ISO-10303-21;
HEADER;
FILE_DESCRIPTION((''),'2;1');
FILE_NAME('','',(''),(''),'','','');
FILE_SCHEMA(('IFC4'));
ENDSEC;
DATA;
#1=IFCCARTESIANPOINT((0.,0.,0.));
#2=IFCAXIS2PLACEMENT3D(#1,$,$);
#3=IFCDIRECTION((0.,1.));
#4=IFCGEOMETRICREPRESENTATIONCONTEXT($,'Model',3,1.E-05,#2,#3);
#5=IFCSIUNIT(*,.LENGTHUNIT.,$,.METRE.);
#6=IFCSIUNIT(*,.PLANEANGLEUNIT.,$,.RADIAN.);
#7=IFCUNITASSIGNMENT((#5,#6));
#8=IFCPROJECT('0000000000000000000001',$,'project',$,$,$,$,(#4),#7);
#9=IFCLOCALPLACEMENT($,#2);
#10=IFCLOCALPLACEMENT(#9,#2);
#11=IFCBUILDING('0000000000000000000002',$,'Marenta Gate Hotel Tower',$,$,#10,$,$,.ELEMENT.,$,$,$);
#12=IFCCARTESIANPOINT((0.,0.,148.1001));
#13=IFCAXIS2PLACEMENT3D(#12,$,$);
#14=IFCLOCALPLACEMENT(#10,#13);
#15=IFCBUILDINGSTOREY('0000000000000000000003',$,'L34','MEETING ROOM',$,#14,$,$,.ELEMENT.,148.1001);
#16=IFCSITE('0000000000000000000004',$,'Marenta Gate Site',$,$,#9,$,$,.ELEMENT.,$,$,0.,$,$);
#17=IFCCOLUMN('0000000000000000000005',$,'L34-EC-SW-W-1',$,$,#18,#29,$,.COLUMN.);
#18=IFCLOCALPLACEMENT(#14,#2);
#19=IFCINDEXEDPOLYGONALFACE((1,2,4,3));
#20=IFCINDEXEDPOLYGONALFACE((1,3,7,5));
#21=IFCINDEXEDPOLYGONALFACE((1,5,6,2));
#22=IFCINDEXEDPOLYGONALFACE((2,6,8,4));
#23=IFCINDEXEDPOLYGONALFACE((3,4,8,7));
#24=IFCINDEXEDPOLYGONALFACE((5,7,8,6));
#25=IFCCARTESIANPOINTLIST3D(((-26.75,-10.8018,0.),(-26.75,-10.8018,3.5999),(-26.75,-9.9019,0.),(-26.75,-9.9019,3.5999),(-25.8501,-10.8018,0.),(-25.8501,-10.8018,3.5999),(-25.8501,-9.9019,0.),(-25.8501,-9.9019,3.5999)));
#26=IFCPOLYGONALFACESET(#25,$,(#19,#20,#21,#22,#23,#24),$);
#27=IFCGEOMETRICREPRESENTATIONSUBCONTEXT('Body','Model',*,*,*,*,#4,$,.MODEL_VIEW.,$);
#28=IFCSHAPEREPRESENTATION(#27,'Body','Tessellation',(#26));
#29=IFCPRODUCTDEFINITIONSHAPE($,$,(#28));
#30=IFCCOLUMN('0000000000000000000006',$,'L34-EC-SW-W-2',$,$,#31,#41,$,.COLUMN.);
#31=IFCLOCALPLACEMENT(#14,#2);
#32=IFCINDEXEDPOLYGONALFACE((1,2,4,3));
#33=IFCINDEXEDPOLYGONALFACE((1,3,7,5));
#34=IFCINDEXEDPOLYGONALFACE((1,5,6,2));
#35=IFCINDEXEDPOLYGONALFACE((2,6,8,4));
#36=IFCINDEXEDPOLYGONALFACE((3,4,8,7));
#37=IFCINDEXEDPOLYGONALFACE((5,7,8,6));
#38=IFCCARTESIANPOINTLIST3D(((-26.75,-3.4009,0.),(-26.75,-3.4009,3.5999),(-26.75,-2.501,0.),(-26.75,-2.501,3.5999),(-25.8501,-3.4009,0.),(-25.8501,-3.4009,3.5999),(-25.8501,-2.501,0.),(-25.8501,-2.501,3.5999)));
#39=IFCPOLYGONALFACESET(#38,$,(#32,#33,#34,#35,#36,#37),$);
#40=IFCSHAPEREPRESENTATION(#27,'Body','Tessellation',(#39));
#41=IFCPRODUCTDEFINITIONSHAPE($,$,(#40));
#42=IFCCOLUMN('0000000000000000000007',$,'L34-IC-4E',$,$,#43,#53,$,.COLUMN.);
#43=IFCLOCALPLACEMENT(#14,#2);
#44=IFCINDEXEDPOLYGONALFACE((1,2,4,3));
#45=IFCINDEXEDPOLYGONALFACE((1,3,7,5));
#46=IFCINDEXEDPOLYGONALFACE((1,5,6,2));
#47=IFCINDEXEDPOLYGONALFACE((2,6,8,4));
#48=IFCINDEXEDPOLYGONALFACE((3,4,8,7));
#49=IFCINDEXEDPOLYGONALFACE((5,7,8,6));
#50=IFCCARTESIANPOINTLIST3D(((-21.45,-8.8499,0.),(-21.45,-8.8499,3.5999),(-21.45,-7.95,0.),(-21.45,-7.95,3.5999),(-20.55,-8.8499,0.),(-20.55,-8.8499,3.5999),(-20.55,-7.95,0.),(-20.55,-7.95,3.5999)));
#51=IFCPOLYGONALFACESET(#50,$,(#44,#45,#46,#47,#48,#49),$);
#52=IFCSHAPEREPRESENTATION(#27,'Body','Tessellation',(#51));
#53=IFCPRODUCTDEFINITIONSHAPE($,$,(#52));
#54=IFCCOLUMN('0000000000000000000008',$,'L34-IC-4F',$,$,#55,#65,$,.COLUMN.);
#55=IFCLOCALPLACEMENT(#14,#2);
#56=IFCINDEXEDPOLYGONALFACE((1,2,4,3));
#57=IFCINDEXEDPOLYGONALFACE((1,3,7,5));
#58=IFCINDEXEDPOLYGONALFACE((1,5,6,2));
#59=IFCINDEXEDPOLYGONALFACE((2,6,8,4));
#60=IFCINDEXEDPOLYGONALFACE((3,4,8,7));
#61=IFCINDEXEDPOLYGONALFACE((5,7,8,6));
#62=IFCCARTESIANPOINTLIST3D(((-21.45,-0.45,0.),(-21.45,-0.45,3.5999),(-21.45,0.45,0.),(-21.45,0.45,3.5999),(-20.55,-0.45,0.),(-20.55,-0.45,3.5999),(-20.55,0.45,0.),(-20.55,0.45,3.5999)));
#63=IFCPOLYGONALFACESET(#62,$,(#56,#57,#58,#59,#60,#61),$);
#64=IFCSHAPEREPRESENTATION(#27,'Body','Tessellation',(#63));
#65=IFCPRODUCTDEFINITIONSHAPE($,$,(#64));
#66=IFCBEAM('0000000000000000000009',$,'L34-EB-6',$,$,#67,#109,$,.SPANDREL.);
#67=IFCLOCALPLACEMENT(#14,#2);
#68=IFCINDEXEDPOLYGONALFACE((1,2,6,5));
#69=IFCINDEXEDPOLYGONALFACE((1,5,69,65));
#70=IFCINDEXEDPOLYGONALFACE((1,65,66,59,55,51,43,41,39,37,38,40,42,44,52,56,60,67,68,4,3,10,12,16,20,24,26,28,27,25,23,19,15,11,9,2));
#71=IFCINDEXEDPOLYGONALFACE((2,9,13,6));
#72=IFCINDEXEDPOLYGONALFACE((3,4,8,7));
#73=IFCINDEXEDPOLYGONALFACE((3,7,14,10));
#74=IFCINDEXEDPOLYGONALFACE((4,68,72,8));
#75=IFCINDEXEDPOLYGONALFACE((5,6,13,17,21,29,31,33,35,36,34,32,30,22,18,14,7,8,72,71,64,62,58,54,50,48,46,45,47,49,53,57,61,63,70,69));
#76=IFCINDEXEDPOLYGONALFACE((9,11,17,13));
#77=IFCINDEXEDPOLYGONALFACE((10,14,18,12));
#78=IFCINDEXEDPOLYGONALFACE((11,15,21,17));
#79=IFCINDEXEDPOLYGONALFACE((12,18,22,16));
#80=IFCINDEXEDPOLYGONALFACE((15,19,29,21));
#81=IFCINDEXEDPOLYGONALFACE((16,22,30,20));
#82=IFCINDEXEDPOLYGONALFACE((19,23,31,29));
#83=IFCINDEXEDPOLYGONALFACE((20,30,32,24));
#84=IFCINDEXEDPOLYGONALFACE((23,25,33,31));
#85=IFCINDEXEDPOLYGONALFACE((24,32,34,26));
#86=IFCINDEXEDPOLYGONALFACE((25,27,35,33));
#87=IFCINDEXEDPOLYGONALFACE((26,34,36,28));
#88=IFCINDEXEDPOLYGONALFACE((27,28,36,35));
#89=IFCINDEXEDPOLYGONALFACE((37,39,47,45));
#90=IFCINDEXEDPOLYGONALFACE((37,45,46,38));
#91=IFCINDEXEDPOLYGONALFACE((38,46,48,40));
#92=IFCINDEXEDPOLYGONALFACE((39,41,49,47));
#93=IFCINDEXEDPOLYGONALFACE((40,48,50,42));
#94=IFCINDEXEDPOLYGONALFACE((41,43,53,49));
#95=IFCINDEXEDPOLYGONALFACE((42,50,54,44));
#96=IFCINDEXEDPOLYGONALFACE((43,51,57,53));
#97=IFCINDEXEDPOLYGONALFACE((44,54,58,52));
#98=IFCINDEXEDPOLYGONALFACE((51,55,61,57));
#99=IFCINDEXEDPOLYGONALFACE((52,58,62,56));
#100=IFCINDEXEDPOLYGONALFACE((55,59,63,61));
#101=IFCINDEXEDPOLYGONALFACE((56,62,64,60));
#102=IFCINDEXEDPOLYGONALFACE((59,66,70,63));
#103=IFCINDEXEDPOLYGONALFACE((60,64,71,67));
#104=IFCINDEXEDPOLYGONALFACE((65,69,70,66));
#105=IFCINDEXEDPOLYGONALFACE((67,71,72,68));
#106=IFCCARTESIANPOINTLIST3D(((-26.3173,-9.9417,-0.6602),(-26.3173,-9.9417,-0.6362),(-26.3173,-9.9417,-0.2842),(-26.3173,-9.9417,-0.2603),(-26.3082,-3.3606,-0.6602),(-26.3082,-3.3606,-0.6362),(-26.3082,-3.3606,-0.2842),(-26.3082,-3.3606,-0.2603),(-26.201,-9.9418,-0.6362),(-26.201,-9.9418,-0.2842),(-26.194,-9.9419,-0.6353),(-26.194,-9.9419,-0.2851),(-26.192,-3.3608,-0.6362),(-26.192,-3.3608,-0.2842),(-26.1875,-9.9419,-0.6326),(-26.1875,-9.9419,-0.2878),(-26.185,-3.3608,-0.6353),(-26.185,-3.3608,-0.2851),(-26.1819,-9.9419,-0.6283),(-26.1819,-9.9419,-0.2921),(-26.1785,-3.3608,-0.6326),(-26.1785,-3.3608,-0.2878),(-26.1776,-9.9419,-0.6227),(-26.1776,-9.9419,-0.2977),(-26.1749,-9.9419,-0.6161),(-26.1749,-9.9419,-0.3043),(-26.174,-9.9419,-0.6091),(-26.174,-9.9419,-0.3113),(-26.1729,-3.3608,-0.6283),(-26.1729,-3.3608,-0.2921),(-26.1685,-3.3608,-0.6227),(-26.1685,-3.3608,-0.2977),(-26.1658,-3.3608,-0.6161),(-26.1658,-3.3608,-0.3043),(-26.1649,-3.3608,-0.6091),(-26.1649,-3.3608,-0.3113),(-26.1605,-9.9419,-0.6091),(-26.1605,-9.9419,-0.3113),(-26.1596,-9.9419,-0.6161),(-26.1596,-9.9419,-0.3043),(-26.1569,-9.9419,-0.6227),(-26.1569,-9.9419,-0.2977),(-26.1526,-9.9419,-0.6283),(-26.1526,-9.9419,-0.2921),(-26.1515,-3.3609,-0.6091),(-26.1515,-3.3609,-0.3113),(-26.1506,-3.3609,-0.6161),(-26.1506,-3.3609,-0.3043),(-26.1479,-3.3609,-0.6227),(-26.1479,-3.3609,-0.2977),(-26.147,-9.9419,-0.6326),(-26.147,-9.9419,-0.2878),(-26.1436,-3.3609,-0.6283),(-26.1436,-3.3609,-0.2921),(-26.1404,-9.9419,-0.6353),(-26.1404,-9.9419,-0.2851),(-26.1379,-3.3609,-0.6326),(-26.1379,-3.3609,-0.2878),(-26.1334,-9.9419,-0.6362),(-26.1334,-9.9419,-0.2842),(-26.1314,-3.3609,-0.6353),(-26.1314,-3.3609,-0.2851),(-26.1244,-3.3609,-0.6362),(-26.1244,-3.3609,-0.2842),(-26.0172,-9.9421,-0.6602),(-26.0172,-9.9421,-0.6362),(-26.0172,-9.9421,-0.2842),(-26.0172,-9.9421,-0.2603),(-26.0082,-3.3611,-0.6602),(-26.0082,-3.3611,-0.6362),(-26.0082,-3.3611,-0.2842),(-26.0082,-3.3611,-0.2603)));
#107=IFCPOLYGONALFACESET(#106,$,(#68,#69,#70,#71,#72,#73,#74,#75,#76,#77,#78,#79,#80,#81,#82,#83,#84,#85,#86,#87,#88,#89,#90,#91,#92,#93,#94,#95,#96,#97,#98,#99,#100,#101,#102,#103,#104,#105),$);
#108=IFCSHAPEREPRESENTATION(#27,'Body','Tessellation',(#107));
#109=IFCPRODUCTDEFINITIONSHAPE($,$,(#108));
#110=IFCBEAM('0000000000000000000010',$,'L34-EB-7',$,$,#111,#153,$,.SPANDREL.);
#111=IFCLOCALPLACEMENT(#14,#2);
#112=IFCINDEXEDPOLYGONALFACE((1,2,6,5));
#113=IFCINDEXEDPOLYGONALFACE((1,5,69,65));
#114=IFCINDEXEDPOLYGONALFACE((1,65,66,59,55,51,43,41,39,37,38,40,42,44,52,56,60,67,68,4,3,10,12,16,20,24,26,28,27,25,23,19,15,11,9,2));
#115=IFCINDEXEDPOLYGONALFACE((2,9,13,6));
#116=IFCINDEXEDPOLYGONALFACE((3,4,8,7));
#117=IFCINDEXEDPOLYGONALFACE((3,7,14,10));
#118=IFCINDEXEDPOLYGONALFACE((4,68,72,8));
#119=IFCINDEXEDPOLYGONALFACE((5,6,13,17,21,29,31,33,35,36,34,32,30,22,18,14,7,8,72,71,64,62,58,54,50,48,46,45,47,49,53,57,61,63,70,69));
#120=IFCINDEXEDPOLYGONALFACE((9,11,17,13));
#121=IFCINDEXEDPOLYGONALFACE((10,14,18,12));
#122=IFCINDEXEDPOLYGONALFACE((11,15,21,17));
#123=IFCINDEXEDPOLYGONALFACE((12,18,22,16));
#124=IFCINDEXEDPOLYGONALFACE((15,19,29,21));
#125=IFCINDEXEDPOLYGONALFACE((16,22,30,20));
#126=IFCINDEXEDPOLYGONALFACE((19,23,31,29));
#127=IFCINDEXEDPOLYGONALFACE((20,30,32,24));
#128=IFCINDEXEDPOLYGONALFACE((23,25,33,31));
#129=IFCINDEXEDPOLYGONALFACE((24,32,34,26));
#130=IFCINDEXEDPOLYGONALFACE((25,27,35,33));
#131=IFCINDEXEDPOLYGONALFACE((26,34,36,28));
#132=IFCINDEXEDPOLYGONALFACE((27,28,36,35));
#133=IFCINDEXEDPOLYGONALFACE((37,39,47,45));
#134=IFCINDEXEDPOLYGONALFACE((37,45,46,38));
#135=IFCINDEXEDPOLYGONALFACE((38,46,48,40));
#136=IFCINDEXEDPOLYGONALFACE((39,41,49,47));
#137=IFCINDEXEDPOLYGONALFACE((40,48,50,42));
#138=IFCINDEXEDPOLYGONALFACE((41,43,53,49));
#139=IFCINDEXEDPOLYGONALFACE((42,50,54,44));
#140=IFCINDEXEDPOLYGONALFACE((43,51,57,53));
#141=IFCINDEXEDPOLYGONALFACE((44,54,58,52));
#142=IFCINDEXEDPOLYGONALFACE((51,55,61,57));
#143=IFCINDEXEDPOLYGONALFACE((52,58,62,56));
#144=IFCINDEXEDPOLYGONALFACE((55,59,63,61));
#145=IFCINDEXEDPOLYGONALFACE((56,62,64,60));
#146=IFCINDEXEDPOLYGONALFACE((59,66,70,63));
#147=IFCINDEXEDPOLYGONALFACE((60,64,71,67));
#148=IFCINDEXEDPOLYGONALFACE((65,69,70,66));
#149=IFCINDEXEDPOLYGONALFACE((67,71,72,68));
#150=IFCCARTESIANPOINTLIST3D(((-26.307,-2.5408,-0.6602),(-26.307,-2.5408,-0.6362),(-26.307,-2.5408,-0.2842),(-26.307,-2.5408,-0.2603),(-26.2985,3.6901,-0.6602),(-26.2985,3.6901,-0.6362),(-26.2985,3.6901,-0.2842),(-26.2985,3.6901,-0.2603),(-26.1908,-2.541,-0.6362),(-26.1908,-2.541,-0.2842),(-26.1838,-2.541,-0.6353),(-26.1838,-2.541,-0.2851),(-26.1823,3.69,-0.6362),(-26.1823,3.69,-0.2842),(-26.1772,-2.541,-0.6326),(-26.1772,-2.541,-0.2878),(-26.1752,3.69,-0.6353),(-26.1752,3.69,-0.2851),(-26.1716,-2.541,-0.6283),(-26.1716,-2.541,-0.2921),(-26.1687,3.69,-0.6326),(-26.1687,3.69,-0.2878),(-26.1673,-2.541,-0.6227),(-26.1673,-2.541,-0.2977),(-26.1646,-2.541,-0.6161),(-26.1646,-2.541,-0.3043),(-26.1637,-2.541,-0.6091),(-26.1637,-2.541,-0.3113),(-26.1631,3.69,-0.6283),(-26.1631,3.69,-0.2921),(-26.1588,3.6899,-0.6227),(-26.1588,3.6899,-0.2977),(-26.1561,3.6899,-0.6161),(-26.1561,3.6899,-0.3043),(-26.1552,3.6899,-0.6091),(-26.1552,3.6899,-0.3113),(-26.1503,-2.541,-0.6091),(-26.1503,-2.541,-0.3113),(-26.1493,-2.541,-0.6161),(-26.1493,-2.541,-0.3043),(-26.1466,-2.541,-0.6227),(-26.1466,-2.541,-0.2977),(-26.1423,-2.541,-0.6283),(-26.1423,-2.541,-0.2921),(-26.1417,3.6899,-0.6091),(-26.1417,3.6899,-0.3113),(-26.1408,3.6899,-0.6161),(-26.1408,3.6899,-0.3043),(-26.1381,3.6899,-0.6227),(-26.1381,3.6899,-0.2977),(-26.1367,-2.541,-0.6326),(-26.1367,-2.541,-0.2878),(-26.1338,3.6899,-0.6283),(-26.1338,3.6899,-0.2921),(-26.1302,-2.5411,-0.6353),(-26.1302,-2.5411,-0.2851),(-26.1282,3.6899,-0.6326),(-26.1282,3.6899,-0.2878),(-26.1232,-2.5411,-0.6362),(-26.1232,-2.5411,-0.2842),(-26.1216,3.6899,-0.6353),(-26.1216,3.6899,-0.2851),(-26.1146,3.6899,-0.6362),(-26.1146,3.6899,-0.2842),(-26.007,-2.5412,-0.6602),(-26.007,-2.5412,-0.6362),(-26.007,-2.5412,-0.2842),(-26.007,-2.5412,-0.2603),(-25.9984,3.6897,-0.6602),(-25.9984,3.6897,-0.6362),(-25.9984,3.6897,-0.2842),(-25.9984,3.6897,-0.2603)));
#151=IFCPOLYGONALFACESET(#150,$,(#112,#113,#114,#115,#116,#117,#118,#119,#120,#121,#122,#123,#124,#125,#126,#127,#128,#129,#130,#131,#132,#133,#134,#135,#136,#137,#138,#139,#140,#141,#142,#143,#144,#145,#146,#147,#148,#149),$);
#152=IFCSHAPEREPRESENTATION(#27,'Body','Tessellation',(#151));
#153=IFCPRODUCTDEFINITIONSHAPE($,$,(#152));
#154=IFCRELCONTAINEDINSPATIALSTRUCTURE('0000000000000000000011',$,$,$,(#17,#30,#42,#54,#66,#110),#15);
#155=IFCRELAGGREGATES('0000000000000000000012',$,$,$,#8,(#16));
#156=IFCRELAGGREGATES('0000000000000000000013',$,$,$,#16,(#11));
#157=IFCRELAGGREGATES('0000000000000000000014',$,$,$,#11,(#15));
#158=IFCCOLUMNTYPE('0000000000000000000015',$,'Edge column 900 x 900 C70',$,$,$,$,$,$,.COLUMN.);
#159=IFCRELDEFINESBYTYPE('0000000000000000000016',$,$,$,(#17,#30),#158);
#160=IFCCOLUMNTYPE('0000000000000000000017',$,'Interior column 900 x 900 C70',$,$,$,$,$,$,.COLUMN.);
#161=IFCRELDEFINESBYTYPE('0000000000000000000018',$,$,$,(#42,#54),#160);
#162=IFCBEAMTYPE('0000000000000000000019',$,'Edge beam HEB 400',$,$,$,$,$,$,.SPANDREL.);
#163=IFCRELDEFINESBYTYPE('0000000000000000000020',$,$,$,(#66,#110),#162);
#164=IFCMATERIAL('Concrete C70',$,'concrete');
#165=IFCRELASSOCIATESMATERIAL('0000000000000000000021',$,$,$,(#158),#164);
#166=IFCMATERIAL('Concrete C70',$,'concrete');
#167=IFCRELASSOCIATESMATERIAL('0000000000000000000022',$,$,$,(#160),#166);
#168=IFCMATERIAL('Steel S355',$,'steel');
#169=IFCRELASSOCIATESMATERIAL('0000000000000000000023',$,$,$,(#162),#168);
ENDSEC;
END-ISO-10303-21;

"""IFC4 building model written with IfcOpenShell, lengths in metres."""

from ifc_helpers import new_model, si_unit, direction, frame, origin, origin_2d, place, context, subcontext, project, spatial, rectangle, i_section, extrude, material, material_profile, profile_set, type_object, element, save


model = new_model("IFC4")

# Units and contexts
model_context = context("Model", 3, precision=1e-05, world=origin(), true_north=direction((0.0, 1.0)))
body_context = subcontext(model_context, "Body", "Model", "MODEL_VIEW")
ifc_project = project(units=[si_unit("LENGTHUNIT", "METRE"), si_unit("PLANEANGLEUNIT", "RADIAN")], contexts=[model_context])

# Site, building, storey
site_placement = place(None, origin())
site = spatial("IfcSite", under=ifc_project, at=site_placement, Name="Marenta Gate Site", CompositionType="ELEMENT", RefElevation=0.0)
building_placement = place(site_placement, origin())
building = spatial("IfcBuilding", under=site, at=building_placement, Name="Marenta Gate Hotel Tower", CompositionType="ELEMENT")
storey_placement = place(building_placement, frame((0.0, 0.0, 148.1001)))
storey = spatial("IfcBuildingStorey", under=building, at=storey_placement, Name="L34", Description="MEETING ROOM", CompositionType="ELEMENT", Elevation=148.1001)

# Columns
ifc_material_1 = material(Name="Concrete C70", Category="concrete")
ifc_material_profile_1 = material_profile(ifc_material_1, rectangle(XDim=0.8999, YDim=0.8999, at=origin_2d()), Name="900 x 900")
ifc_profile_set_1 = profile_set([ifc_material_profile_1], Name="Concrete C70")
column_type_1 = type_object("IfcColumnType", Name="Edge column 900 x 900 C70", PredefinedType="COLUMN", material=ifc_profile_set_1)
for number, where, z_axis, x_axis, name in (
    (1, (-26.3, -10.3518, 0.0), (0.0, 0.0, 1.0), (1.0, 0.0, 0.0), "L34-EC-SW-W-1"),
    (2, (-26.3, -2.9509, 0.0), (0.0, 0.0, 1.0), (1.0, 0.0, 0.0), "L34-EC-SW-W-2"),
):
    element("IfcColumn", number, at=place(storey_placement, frame(where, z_axis=z_axis, x_axis=x_axis)), inside=storey, type_object=column_type_1, Name=name, PredefinedType="COLUMN", context=body_context, shape_type="SweptSolid", body=[
        extrude(rectangle(XDim=0.8999, YDim=0.8999, at=origin_2d()), origin(), (0.0, 0.0, 1.0), 3.5999),
    ])
ifc_material_2 = material(Name="Concrete C70", Category="concrete")
ifc_material_profile_2 = material_profile(ifc_material_2, rectangle(XDim=0.8999, YDim=0.8999, at=origin_2d()), Name="900 x 900")
ifc_profile_set_2 = profile_set([ifc_material_profile_2], Name="Concrete C70")
column_type_2 = type_object("IfcColumnType", Name="Interior column 900 x 900 C70", PredefinedType="COLUMN", material=ifc_profile_set_2)
for number, where, z_axis, x_axis, name in (
    (3, (-21.0, -8.3999, 0.0), (0.0, 0.0, 1.0), (1.0, 0.0, 0.0), "L34-IC-4E"),
    (4, (-21.0, 0.0, 0.0), (0.0, 0.0, 1.0), (1.0, 0.0, 0.0), "L34-IC-4F"),
):
    element("IfcColumn", number, at=place(storey_placement, frame(where, z_axis=z_axis, x_axis=x_axis)), inside=storey, type_object=column_type_2, Name=name, PredefinedType="COLUMN", context=body_context, shape_type="SweptSolid", body=[
        extrude(rectangle(XDim=0.8999, YDim=0.8999, at=origin_2d()), origin(), (0.0, 0.0, 1.0), 3.5999),
    ])

# Beams
ifc_material_3 = material(Name="Steel S355", Category="steel")
ifc_material_profile_3 = material_profile(ifc_material_3, i_section(OverallWidth=0.3, OverallDepth=0.3999, WebThickness=0.0134, FlangeThickness=0.0239, FilletRadius=0.0271, at=origin_2d()), Name="HEB 400")
ifc_profile_set_3 = profile_set([ifc_material_profile_3], Name="Steel S355")
beam_type_1 = type_object("IfcBeamType", Name="Edge beam HEB 400", PredefinedType="SPANDREL", material=ifc_profile_set_3)
beam_1_placement = place(storey_placement, frame((-26.1672, -9.9419, -0.4602), z_axis=(0.001373, 0.999999, 0.0), x_axis=(-0.999999, 0.001373, 0.0)))
element("IfcBeam", 5, at=beam_1_placement, inside=storey, type_object=beam_type_1, Name="L34-EB-6", PredefinedType="SPANDREL", context=body_context, shape_type="SweptSolid", body=[
    extrude(i_section(OverallWidth=0.3, OverallDepth=0.3999, WebThickness=0.0134, FlangeThickness=0.0239, FilletRadius=0.0271, at=origin_2d()), origin(), (0.0, 0.0, 1.0), 6.5811),
])
beam_2_placement = place(storey_placement, frame((-26.157, -2.541, -0.4602), z_axis=(0.001371, 0.999999, 0.0), x_axis=(-0.999999, 0.001371, 0.0)))
element("IfcBeam", 6, at=beam_2_placement, inside=storey, type_object=beam_type_1, Name="L34-EB-7", PredefinedType="SPANDREL", context=body_context, shape_type="SweptSolid", body=[
    extrude(i_section(OverallWidth=0.3, OverallDepth=0.3999, WebThickness=0.0134, FlangeThickness=0.0239, FilletRadius=0.0271, at=origin_2d()), origin(), (0.0, 0.0, 1.0), 6.231),
])

save(model, "model.ifc")
